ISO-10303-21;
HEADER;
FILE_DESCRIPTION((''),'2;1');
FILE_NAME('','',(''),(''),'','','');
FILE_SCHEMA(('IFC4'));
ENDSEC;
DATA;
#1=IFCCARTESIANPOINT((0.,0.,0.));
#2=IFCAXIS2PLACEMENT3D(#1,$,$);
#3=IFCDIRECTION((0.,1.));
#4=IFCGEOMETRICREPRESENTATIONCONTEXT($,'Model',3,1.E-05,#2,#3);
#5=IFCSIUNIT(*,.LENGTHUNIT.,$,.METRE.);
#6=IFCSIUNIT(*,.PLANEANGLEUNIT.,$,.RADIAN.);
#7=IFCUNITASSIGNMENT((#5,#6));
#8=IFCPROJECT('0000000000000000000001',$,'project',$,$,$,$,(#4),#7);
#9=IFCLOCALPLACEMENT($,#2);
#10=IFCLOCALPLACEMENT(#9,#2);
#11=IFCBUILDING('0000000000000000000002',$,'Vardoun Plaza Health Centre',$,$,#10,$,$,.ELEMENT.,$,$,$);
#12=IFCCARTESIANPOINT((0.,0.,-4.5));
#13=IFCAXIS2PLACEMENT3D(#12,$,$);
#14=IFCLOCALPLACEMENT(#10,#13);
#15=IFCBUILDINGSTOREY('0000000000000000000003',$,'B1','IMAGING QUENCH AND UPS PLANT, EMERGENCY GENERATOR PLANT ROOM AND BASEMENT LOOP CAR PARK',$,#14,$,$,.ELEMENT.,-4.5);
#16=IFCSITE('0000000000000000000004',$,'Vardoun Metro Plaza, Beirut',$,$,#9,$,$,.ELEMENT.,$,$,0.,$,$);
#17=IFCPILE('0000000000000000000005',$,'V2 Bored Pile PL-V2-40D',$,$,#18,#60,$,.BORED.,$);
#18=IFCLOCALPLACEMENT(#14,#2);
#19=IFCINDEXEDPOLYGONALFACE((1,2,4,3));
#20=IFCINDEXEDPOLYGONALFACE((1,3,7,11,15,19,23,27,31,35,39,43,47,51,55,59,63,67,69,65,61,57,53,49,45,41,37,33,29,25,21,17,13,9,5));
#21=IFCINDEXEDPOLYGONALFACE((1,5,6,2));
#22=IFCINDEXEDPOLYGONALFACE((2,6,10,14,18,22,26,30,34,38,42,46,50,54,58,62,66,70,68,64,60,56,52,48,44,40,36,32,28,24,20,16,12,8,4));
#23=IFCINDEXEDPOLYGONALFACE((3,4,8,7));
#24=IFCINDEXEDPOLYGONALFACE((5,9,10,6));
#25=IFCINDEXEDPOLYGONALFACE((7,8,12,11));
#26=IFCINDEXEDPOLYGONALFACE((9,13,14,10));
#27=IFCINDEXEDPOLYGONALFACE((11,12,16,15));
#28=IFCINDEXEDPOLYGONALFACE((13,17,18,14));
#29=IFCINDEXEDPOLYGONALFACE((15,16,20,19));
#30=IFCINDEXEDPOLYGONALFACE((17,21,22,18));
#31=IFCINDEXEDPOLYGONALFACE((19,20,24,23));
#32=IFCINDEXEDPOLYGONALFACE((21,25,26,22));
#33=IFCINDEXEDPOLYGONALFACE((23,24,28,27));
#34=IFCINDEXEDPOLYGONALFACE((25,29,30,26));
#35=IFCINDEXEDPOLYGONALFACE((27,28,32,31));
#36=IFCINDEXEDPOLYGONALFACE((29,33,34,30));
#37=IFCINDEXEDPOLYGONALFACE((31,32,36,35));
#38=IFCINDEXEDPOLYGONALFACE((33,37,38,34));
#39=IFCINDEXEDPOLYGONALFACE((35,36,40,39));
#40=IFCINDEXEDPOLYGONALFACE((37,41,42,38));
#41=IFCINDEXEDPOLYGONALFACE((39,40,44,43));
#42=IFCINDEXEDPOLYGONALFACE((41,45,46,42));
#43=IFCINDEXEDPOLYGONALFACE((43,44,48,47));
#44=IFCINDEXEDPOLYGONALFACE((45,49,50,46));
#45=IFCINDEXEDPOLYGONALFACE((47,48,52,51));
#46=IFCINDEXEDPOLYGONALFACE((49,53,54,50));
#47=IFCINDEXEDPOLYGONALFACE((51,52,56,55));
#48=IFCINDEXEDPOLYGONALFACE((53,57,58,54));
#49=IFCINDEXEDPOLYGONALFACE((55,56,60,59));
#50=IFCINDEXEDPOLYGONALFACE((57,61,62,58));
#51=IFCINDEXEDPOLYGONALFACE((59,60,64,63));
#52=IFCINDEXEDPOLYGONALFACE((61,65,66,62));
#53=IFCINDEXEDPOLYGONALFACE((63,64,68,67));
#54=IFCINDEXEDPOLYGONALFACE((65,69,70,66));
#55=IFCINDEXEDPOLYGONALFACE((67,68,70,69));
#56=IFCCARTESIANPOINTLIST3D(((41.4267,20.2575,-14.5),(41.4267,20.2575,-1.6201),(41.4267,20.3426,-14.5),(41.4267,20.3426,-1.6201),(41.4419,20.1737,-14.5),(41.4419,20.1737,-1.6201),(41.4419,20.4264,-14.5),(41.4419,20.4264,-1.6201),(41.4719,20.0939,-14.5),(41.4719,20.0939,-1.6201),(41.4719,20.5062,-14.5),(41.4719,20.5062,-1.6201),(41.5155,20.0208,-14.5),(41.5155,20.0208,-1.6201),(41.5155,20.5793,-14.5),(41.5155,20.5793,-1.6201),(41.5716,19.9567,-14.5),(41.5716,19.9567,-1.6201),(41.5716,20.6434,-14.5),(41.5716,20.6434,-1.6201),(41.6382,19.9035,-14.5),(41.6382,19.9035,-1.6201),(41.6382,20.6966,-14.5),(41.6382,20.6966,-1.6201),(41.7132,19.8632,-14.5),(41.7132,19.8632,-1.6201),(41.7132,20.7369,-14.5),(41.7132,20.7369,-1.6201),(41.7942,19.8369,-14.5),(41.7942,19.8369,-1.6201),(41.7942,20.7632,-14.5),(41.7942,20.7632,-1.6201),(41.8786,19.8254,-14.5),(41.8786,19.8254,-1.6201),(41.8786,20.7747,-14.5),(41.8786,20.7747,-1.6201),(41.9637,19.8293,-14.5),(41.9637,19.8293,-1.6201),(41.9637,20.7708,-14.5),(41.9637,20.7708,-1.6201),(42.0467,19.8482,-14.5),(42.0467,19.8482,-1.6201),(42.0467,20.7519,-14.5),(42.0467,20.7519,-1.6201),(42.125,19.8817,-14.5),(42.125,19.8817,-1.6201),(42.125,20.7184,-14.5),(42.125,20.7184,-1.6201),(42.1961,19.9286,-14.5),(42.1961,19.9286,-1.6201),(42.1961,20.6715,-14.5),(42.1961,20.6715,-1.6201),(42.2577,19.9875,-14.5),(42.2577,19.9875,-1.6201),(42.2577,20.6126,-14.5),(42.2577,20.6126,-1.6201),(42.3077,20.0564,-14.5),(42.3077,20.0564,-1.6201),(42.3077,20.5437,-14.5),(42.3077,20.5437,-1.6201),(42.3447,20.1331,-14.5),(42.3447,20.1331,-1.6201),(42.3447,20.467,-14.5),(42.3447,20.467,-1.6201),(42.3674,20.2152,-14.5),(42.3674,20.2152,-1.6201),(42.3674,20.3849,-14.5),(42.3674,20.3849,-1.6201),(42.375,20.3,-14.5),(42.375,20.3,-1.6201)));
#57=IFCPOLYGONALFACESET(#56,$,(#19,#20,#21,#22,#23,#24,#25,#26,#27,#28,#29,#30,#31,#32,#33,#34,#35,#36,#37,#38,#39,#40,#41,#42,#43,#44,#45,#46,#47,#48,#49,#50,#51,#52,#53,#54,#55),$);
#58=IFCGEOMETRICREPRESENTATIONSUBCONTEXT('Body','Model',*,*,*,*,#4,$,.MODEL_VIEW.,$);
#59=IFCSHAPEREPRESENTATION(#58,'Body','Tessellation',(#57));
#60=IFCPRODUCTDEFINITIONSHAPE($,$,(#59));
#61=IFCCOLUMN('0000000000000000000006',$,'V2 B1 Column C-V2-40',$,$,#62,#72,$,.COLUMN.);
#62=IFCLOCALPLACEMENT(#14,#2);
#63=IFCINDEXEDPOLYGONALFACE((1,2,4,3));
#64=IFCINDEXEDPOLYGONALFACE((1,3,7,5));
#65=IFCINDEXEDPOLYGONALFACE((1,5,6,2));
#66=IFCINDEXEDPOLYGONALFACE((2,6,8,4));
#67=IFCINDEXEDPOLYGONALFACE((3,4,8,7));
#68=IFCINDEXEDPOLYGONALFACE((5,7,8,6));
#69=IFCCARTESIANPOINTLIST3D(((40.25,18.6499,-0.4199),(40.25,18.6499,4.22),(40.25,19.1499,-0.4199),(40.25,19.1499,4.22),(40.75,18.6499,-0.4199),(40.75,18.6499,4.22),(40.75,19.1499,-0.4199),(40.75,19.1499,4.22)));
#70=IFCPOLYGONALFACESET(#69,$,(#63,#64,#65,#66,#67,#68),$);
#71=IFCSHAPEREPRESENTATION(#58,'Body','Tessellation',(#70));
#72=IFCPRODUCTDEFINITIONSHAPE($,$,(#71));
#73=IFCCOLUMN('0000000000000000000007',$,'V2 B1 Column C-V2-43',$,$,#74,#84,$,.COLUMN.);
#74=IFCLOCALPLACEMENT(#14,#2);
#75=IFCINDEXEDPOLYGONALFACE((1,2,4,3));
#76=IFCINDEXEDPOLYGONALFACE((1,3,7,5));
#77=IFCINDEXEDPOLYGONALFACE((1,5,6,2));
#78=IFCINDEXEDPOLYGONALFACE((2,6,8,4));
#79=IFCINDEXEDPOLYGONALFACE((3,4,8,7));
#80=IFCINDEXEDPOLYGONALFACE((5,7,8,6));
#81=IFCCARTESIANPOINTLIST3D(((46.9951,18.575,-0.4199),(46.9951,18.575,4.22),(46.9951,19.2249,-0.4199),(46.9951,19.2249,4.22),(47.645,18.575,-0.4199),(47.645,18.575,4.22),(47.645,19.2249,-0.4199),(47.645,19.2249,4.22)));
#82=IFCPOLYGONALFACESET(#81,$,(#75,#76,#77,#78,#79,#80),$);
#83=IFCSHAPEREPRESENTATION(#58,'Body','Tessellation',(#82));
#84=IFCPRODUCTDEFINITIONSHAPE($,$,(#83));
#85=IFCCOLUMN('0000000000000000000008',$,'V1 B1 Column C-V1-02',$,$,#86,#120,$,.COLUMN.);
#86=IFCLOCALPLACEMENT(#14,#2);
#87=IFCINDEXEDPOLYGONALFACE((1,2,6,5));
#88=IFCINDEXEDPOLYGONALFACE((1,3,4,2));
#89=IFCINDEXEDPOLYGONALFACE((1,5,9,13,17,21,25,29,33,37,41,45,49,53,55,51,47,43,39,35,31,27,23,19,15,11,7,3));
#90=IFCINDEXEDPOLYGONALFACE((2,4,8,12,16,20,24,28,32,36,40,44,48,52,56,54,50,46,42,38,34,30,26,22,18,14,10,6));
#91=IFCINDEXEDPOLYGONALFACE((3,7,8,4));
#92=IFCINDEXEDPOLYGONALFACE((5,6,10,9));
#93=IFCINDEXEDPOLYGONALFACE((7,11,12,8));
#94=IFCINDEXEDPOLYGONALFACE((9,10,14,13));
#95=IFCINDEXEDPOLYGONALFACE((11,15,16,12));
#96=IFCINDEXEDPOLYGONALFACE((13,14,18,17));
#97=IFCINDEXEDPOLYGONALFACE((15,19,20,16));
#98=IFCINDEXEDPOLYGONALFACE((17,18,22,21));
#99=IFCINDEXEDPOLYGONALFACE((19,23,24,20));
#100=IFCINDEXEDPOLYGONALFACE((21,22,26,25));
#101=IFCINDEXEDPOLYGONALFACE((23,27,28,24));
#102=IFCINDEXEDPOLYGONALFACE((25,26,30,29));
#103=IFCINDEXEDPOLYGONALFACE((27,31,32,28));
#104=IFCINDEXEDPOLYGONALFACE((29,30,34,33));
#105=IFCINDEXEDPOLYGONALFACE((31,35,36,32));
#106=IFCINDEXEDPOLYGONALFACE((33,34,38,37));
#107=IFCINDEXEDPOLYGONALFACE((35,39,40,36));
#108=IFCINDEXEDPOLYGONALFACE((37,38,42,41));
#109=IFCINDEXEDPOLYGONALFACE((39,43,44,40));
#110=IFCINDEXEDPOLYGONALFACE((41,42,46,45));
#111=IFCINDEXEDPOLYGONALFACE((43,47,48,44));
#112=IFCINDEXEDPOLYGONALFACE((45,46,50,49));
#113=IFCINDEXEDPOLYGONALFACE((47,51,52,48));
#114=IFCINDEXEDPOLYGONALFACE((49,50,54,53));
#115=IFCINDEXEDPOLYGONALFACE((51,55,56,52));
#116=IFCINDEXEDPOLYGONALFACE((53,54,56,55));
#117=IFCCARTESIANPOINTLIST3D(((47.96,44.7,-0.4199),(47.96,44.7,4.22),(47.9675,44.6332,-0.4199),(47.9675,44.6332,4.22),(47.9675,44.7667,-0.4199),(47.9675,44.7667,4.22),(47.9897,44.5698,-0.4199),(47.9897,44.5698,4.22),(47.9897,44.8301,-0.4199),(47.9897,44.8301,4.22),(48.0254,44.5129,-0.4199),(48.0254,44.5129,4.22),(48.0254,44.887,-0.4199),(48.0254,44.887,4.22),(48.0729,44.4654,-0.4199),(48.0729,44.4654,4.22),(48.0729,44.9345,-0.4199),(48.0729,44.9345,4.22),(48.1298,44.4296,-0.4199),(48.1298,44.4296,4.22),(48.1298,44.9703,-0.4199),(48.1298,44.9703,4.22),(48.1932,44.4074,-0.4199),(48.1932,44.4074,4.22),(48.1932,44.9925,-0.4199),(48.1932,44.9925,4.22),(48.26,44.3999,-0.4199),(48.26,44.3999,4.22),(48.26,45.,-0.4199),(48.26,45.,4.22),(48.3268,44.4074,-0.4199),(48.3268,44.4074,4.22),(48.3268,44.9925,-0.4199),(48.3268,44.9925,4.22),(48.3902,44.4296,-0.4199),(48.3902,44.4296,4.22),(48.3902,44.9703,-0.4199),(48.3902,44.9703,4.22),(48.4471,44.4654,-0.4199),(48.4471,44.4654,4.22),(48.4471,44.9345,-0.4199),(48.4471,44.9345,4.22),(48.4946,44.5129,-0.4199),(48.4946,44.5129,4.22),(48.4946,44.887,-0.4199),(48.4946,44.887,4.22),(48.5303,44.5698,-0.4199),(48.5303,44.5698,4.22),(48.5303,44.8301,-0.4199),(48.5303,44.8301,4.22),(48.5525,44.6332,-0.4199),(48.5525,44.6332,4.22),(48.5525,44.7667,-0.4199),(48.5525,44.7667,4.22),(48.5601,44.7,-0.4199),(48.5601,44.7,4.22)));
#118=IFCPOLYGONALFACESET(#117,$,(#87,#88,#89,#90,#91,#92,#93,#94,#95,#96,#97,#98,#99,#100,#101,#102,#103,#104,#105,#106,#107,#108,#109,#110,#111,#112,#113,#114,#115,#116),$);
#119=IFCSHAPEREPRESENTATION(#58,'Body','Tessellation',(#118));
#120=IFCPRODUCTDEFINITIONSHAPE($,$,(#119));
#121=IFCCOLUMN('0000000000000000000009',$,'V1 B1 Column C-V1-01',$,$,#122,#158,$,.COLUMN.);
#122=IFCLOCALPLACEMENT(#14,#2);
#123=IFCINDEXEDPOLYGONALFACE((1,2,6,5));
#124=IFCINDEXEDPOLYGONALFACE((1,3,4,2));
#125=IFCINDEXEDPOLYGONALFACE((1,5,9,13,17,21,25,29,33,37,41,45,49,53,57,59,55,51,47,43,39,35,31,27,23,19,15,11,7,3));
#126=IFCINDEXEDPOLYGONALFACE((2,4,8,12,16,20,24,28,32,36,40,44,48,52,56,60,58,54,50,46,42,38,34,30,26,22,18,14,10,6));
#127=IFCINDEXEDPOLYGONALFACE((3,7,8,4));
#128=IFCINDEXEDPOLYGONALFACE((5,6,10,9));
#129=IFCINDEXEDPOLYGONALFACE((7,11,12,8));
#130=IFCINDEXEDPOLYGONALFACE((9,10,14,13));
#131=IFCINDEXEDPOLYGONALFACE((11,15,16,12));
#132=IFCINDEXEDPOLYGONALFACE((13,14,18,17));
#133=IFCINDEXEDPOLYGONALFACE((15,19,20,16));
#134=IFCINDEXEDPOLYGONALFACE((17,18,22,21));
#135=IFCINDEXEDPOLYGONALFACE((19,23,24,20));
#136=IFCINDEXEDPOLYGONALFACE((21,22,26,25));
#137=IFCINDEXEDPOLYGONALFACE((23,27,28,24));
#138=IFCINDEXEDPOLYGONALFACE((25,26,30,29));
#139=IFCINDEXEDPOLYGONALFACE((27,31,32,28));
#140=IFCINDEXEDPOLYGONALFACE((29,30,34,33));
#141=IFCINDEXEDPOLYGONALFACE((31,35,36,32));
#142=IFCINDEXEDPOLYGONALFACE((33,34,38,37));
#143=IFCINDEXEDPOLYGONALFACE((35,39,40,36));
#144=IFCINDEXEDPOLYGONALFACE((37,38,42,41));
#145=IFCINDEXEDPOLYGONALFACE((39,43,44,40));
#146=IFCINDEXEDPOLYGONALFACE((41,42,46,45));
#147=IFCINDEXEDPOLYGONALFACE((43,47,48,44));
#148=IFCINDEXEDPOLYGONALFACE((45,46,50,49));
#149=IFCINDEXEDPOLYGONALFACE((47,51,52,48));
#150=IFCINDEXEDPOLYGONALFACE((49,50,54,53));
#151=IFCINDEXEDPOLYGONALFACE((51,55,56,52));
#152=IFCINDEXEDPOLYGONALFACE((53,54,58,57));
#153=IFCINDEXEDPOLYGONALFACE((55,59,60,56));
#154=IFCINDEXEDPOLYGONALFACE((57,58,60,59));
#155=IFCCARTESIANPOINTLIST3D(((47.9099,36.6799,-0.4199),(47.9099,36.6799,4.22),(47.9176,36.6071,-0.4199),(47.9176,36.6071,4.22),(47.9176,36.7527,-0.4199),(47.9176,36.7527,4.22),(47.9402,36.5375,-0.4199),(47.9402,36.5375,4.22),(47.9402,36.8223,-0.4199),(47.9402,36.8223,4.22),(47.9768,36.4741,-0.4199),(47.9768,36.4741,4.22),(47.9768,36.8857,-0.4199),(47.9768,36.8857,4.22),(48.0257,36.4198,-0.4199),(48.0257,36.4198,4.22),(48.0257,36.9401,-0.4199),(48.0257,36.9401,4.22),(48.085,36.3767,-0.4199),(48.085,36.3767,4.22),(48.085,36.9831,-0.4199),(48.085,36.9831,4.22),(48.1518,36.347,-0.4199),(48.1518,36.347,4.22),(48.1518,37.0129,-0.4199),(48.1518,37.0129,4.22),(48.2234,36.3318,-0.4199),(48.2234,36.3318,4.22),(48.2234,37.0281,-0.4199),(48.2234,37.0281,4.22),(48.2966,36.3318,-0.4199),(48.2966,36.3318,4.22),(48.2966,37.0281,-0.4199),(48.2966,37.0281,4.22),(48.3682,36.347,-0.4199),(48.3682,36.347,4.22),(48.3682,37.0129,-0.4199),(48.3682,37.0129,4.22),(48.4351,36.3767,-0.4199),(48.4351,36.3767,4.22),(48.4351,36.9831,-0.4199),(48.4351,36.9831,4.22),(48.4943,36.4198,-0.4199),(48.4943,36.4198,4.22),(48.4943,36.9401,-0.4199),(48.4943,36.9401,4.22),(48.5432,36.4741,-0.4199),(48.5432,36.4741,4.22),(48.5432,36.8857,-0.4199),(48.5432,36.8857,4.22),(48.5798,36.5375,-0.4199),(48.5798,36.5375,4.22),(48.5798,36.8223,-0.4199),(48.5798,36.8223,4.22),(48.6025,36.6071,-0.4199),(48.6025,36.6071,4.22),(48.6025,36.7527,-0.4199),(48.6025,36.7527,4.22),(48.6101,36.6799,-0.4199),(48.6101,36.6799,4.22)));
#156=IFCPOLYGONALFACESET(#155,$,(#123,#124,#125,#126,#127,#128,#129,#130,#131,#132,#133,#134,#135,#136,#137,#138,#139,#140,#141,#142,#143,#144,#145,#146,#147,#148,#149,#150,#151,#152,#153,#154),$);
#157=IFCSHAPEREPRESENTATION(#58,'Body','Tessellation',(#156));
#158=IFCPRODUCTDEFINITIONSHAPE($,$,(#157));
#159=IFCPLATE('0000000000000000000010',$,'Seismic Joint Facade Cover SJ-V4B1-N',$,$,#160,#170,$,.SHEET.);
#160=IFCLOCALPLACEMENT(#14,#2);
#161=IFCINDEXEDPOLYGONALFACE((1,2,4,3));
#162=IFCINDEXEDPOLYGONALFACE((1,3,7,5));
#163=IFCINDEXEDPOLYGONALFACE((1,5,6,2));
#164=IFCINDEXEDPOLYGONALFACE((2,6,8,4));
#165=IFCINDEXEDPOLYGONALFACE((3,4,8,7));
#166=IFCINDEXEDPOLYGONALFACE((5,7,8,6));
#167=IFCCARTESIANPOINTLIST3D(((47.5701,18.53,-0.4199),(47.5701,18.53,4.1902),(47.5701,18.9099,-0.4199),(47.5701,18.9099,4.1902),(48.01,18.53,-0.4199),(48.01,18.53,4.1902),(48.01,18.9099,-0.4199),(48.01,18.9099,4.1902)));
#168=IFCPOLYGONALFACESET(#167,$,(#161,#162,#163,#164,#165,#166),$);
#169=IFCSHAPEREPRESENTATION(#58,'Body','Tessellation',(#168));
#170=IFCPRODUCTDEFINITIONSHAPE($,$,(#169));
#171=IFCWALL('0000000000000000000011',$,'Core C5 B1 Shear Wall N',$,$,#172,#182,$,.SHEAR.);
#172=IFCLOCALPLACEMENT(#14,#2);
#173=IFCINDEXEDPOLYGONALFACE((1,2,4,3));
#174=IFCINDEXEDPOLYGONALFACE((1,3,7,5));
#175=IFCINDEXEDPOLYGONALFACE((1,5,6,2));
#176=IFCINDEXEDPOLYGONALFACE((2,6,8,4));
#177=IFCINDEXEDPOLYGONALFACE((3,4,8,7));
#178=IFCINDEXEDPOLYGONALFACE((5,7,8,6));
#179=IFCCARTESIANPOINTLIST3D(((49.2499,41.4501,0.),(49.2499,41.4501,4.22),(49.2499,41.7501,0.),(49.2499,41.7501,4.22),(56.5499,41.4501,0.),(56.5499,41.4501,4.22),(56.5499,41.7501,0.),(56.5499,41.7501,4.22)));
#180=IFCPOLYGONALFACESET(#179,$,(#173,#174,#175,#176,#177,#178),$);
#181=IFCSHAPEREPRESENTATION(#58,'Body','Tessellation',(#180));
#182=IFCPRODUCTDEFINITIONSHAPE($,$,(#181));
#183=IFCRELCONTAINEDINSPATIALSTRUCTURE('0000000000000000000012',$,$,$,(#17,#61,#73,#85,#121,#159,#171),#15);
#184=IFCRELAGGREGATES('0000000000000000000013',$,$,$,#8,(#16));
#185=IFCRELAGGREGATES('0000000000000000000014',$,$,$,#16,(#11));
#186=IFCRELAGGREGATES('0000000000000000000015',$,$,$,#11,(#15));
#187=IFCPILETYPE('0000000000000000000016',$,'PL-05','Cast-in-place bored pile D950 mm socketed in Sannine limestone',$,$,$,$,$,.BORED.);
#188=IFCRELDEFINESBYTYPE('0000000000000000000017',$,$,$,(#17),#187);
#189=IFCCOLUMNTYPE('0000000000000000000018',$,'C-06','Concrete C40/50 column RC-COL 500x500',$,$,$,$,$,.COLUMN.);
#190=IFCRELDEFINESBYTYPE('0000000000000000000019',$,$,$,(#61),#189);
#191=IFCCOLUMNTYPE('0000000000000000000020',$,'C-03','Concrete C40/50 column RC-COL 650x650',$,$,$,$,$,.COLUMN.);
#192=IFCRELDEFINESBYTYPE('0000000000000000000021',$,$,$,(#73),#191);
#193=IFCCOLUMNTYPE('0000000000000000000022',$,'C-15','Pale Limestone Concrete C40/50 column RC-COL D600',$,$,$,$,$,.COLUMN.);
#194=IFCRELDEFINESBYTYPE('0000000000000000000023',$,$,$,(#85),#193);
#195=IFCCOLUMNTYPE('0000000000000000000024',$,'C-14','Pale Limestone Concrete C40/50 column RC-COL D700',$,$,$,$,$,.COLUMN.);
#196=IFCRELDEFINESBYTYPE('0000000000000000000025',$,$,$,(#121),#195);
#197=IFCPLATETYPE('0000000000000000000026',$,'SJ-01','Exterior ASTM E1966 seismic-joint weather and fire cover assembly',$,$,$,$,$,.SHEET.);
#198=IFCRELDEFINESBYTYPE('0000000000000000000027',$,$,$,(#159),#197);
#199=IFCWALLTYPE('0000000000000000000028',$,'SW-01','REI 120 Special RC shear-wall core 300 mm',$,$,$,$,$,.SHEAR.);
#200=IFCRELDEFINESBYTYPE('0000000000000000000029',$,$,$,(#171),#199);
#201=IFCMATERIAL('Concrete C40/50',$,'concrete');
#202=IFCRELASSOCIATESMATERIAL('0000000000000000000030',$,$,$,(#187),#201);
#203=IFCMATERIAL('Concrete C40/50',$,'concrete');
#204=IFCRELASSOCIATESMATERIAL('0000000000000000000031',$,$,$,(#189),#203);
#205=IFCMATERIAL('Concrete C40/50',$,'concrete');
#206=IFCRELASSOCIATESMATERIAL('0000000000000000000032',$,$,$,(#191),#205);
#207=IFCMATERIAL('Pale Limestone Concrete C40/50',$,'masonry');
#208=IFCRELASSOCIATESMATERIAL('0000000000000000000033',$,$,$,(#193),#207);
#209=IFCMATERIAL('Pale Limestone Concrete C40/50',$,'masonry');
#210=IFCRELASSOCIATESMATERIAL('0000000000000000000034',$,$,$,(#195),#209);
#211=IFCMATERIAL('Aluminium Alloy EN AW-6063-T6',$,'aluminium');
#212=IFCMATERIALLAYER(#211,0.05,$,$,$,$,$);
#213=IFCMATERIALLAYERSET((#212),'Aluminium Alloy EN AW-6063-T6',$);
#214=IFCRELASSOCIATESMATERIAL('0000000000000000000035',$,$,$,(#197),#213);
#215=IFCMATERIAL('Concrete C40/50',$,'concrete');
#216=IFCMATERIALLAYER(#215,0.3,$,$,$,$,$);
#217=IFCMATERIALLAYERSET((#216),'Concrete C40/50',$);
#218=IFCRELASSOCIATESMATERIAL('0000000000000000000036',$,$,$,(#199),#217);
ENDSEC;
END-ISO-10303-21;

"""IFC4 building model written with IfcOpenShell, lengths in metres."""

from ifc_helpers import new_model, si_unit, direction, frame, frame_2d, origin, origin_2d, place, context, subcontext, project, spatial, rectangle, circle, extrude, material, layer, layer_set, material_profile, profile_set, type_object, element, save


model = new_model("IFC4")

# Units and contexts
model_context = context("Model", 3, precision=1e-05, world=origin(), true_north=direction((0.0, 1.0)))
body_context = subcontext(model_context, "Body", "Model", "MODEL_VIEW")
ifc_project = project(units=[si_unit("LENGTHUNIT", "METRE"), si_unit("PLANEANGLEUNIT", "RADIAN")], contexts=[model_context])

# Site, building, storey
site_placement = place(None, origin())
site = spatial("IfcSite", under=ifc_project, at=site_placement, Name="Vardoun Metro Plaza, Beirut", CompositionType="ELEMENT", RefElevation=0.0)
building_placement = place(site_placement, origin())
building = spatial("IfcBuilding", under=site, at=building_placement, Name="Vardoun Plaza Health Centre", CompositionType="ELEMENT")
storey_placement = place(building_placement, frame((0.0, 0.0, -4.5)))
storey = spatial("IfcBuildingStorey", under=building, at=storey_placement, Name="B1", Description="IMAGING QUENCH AND UPS PLANT, EMERGENCY GENERATOR PLANT ROOM AND BASEMENT LOOP CAR PARK", CompositionType="ELEMENT", Elevation=-4.5)

# Pile
ifc_material_1 = material(Name="Concrete C40/50", Category="concrete")
ifc_material_profile_1 = material_profile(ifc_material_1, circle(Radius=0.4751, at=origin_2d()), Name="PILE D950")
ifc_profile_set_1 = profile_set([ifc_material_profile_1], Name="Concrete C40/50")
pile_type_1 = type_object("IfcPileType", Name="PL-05", Description="Cast-in-place bored pile D950 mm socketed in Sannine limestone", PredefinedType="BORED", material=ifc_profile_set_1)
for number, where, z_axis, x_axis, name in (
    (1, (41.8999, 20.3, -1.6201), (0.0, 0.0, -1.0), (1.0, 0.0, 0.0), "V2 Bored Pile PL-V2-40D"),
):
    element("IfcPile", number, at=place(storey_placement, frame(where, z_axis=z_axis, x_axis=x_axis)), inside=storey, type_object=pile_type_1, Name=name, PredefinedType="BORED", context=body_context, shape_type="SweptSolid", body=[
        extrude(circle(Radius=0.4751, at=origin_2d()), origin(), (0.0, 0.0, 1.0), 12.8799),
    ])

# Columns
ifc_material_2 = material(Name="Concrete C40/50", Category="concrete")
ifc_material_profile_2 = material_profile(ifc_material_2, rectangle(XDim=0.5, YDim=0.5, at=origin_2d()), Name="RC-COL 500x500")
ifc_profile_set_2 = profile_set([ifc_material_profile_2], Name="Concrete C40/50")
column_type_1 = type_object("IfcColumnType", Name="C-06", Description="Concrete C40/50 column RC-COL 500x500", PredefinedType="COLUMN", material=ifc_profile_set_2)
column_1_placement = place(storey_placement, frame((40.5, 18.8999, -0.4199), z_axis=(0.0, 0.0, 1.0), x_axis=(1.0, 0.0, 0.0)))
element("IfcColumn", 2, at=column_1_placement, inside=storey, type_object=column_type_1, Name="V2 B1 Column C-V2-40", PredefinedType="COLUMN", context=body_context, shape_type="SweptSolid", body=[
    extrude(rectangle(XDim=0.5, YDim=0.5, at=origin_2d()), origin(), (0.0, 0.0, 1.0), 4.6399),
])
ifc_material_3 = material(Name="Concrete C40/50", Category="concrete")
ifc_material_profile_3 = material_profile(ifc_material_3, rectangle(XDim=0.6499, YDim=0.6499, at=origin_2d()), Name="RC-COL 650x650")
ifc_profile_set_3 = profile_set([ifc_material_profile_3], Name="Concrete C40/50")
column_type_2 = type_object("IfcColumnType", Name="C-03", Description="Concrete C40/50 column RC-COL 650x650", PredefinedType="COLUMN", material=ifc_profile_set_3)
column_2_placement = place(storey_placement, frame((47.3201, 18.8999, -0.4199), z_axis=(0.0, 0.0, 1.0), x_axis=(1.0, 0.0, 0.0)))
element("IfcColumn", 3, at=column_2_placement, inside=storey, type_object=column_type_2, Name="V2 B1 Column C-V2-43", PredefinedType="COLUMN", context=body_context, shape_type="SweptSolid", body=[
    extrude(rectangle(XDim=0.6499, YDim=0.6499, at=origin_2d()), origin(), (0.0, 0.0, 1.0), 4.6399),
])
ifc_material_4 = material(Name="Pale Limestone Concrete C40/50", Category="masonry")
ifc_material_profile_4 = material_profile(ifc_material_4, circle(Radius=0.3, at=origin_2d()), Name="RC-COL D600")
ifc_profile_set_4 = profile_set([ifc_material_profile_4], Name="Pale Limestone Concrete C40/50")
column_type_3 = type_object("IfcColumnType", Name="C-15", Description="Pale Limestone Concrete C40/50 column RC-COL D600", PredefinedType="COLUMN", material=ifc_profile_set_4)
column_3_placement = place(storey_placement, frame((48.26, 44.7, -0.4199), z_axis=(0.0, 0.0, 1.0), x_axis=(1.0, 0.0, 0.0)))
element("IfcColumn", 4, at=column_3_placement, inside=storey, type_object=column_type_3, Name="V1 B1 Column C-V1-02", PredefinedType="COLUMN", context=body_context, shape_type="SweptSolid", body=[
    extrude(circle(Radius=0.3, at=origin_2d()), origin(), (0.0, 0.0, 1.0), 4.6399),
])
ifc_material_5 = material(Name="Pale Limestone Concrete C40/50", Category="masonry")
ifc_material_profile_5 = material_profile(ifc_material_5, circle(Radius=0.3501, at=origin_2d()), Name="RC-COL D700")
ifc_profile_set_5 = profile_set([ifc_material_profile_5], Name="Pale Limestone Concrete C40/50")
column_type_4 = type_object("IfcColumnType", Name="C-14", Description="Pale Limestone Concrete C40/50 column RC-COL D700", PredefinedType="COLUMN", material=ifc_profile_set_5)
column_4_placement = place(storey_placement, frame((48.26, 36.6799, -0.4199), z_axis=(0.0, 0.0, 1.0), x_axis=(1.0, 0.0, 0.0)))
element("IfcColumn", 5, at=column_4_placement, inside=storey, type_object=column_type_4, Name="V1 B1 Column C-V1-01", PredefinedType="COLUMN", context=body_context, shape_type="SweptSolid", body=[
    extrude(circle(Radius=0.3501, at=origin_2d()), origin(), (0.0, 0.0, 1.0), 4.6399),
])

# Plate
ifc_material_6 = material(Name="Aluminium Alloy EN AW-6063-T6", Category="aluminium")
ifc_layer_1 = layer(ifc_material_6, 0.05)
ifc_layer_set_1 = layer_set([ifc_layer_1], Name="Aluminium Alloy EN AW-6063-T6")
plate_type = type_object("IfcPlateType", Name="SJ-01", Description="Exterior ASTM E1966 seismic-joint weather and fire cover assembly", PredefinedType="SHEET", material=ifc_layer_set_1)
plate_placement = place(storey_placement, frame((47.79, 18.72, -0.4199), z_axis=(0.0, 0.0, 1.0), x_axis=(1.0, 0.0, 0.0)))
element("IfcPlate", 6, at=plate_placement, inside=storey, type_object=plate_type, Name="Seismic Joint Facade Cover SJ-V4B1-N", PredefinedType="SHEET", context=body_context, shape_type="SweptSolid", body=[
    extrude(rectangle(XDim=0.4399, YDim=0.3799, at=origin_2d()), origin(), (0.0, 0.0, 1.0), 4.6101),
])

# Wall
ifc_material_7 = material(Name="Concrete C40/50", Category="concrete")
ifc_layer_2 = layer(ifc_material_7, 0.3)
ifc_layer_set_2 = layer_set([ifc_layer_2], Name="Concrete C40/50")
wall_type_1 = type_object("IfcWallType", Name="SW-01", Description="REI 120 Special RC shear-wall core 300 mm", PredefinedType="SHEAR", material=ifc_layer_set_2)
wall_1_placement = place(storey_placement, frame((49.25, 41.6001, 0.0), z_axis=(0.0, 0.0, 1.0), x_axis=(1.0, 0.0, 0.0)))
element("IfcWall", 7, at=wall_1_placement, inside=storey, type_object=wall_type_1, Name="Core C5 B1 Shear Wall N", PredefinedType="SHEAR", context=body_context, shape_type="SweptSolid", body=[
    extrude(rectangle(XDim=7.3, YDim=0.3, at=frame_2d((3.6499, 0.0))), origin(), (0.0, 0.0, 1.0), 4.22),
])

save(model, "model.ifc")
